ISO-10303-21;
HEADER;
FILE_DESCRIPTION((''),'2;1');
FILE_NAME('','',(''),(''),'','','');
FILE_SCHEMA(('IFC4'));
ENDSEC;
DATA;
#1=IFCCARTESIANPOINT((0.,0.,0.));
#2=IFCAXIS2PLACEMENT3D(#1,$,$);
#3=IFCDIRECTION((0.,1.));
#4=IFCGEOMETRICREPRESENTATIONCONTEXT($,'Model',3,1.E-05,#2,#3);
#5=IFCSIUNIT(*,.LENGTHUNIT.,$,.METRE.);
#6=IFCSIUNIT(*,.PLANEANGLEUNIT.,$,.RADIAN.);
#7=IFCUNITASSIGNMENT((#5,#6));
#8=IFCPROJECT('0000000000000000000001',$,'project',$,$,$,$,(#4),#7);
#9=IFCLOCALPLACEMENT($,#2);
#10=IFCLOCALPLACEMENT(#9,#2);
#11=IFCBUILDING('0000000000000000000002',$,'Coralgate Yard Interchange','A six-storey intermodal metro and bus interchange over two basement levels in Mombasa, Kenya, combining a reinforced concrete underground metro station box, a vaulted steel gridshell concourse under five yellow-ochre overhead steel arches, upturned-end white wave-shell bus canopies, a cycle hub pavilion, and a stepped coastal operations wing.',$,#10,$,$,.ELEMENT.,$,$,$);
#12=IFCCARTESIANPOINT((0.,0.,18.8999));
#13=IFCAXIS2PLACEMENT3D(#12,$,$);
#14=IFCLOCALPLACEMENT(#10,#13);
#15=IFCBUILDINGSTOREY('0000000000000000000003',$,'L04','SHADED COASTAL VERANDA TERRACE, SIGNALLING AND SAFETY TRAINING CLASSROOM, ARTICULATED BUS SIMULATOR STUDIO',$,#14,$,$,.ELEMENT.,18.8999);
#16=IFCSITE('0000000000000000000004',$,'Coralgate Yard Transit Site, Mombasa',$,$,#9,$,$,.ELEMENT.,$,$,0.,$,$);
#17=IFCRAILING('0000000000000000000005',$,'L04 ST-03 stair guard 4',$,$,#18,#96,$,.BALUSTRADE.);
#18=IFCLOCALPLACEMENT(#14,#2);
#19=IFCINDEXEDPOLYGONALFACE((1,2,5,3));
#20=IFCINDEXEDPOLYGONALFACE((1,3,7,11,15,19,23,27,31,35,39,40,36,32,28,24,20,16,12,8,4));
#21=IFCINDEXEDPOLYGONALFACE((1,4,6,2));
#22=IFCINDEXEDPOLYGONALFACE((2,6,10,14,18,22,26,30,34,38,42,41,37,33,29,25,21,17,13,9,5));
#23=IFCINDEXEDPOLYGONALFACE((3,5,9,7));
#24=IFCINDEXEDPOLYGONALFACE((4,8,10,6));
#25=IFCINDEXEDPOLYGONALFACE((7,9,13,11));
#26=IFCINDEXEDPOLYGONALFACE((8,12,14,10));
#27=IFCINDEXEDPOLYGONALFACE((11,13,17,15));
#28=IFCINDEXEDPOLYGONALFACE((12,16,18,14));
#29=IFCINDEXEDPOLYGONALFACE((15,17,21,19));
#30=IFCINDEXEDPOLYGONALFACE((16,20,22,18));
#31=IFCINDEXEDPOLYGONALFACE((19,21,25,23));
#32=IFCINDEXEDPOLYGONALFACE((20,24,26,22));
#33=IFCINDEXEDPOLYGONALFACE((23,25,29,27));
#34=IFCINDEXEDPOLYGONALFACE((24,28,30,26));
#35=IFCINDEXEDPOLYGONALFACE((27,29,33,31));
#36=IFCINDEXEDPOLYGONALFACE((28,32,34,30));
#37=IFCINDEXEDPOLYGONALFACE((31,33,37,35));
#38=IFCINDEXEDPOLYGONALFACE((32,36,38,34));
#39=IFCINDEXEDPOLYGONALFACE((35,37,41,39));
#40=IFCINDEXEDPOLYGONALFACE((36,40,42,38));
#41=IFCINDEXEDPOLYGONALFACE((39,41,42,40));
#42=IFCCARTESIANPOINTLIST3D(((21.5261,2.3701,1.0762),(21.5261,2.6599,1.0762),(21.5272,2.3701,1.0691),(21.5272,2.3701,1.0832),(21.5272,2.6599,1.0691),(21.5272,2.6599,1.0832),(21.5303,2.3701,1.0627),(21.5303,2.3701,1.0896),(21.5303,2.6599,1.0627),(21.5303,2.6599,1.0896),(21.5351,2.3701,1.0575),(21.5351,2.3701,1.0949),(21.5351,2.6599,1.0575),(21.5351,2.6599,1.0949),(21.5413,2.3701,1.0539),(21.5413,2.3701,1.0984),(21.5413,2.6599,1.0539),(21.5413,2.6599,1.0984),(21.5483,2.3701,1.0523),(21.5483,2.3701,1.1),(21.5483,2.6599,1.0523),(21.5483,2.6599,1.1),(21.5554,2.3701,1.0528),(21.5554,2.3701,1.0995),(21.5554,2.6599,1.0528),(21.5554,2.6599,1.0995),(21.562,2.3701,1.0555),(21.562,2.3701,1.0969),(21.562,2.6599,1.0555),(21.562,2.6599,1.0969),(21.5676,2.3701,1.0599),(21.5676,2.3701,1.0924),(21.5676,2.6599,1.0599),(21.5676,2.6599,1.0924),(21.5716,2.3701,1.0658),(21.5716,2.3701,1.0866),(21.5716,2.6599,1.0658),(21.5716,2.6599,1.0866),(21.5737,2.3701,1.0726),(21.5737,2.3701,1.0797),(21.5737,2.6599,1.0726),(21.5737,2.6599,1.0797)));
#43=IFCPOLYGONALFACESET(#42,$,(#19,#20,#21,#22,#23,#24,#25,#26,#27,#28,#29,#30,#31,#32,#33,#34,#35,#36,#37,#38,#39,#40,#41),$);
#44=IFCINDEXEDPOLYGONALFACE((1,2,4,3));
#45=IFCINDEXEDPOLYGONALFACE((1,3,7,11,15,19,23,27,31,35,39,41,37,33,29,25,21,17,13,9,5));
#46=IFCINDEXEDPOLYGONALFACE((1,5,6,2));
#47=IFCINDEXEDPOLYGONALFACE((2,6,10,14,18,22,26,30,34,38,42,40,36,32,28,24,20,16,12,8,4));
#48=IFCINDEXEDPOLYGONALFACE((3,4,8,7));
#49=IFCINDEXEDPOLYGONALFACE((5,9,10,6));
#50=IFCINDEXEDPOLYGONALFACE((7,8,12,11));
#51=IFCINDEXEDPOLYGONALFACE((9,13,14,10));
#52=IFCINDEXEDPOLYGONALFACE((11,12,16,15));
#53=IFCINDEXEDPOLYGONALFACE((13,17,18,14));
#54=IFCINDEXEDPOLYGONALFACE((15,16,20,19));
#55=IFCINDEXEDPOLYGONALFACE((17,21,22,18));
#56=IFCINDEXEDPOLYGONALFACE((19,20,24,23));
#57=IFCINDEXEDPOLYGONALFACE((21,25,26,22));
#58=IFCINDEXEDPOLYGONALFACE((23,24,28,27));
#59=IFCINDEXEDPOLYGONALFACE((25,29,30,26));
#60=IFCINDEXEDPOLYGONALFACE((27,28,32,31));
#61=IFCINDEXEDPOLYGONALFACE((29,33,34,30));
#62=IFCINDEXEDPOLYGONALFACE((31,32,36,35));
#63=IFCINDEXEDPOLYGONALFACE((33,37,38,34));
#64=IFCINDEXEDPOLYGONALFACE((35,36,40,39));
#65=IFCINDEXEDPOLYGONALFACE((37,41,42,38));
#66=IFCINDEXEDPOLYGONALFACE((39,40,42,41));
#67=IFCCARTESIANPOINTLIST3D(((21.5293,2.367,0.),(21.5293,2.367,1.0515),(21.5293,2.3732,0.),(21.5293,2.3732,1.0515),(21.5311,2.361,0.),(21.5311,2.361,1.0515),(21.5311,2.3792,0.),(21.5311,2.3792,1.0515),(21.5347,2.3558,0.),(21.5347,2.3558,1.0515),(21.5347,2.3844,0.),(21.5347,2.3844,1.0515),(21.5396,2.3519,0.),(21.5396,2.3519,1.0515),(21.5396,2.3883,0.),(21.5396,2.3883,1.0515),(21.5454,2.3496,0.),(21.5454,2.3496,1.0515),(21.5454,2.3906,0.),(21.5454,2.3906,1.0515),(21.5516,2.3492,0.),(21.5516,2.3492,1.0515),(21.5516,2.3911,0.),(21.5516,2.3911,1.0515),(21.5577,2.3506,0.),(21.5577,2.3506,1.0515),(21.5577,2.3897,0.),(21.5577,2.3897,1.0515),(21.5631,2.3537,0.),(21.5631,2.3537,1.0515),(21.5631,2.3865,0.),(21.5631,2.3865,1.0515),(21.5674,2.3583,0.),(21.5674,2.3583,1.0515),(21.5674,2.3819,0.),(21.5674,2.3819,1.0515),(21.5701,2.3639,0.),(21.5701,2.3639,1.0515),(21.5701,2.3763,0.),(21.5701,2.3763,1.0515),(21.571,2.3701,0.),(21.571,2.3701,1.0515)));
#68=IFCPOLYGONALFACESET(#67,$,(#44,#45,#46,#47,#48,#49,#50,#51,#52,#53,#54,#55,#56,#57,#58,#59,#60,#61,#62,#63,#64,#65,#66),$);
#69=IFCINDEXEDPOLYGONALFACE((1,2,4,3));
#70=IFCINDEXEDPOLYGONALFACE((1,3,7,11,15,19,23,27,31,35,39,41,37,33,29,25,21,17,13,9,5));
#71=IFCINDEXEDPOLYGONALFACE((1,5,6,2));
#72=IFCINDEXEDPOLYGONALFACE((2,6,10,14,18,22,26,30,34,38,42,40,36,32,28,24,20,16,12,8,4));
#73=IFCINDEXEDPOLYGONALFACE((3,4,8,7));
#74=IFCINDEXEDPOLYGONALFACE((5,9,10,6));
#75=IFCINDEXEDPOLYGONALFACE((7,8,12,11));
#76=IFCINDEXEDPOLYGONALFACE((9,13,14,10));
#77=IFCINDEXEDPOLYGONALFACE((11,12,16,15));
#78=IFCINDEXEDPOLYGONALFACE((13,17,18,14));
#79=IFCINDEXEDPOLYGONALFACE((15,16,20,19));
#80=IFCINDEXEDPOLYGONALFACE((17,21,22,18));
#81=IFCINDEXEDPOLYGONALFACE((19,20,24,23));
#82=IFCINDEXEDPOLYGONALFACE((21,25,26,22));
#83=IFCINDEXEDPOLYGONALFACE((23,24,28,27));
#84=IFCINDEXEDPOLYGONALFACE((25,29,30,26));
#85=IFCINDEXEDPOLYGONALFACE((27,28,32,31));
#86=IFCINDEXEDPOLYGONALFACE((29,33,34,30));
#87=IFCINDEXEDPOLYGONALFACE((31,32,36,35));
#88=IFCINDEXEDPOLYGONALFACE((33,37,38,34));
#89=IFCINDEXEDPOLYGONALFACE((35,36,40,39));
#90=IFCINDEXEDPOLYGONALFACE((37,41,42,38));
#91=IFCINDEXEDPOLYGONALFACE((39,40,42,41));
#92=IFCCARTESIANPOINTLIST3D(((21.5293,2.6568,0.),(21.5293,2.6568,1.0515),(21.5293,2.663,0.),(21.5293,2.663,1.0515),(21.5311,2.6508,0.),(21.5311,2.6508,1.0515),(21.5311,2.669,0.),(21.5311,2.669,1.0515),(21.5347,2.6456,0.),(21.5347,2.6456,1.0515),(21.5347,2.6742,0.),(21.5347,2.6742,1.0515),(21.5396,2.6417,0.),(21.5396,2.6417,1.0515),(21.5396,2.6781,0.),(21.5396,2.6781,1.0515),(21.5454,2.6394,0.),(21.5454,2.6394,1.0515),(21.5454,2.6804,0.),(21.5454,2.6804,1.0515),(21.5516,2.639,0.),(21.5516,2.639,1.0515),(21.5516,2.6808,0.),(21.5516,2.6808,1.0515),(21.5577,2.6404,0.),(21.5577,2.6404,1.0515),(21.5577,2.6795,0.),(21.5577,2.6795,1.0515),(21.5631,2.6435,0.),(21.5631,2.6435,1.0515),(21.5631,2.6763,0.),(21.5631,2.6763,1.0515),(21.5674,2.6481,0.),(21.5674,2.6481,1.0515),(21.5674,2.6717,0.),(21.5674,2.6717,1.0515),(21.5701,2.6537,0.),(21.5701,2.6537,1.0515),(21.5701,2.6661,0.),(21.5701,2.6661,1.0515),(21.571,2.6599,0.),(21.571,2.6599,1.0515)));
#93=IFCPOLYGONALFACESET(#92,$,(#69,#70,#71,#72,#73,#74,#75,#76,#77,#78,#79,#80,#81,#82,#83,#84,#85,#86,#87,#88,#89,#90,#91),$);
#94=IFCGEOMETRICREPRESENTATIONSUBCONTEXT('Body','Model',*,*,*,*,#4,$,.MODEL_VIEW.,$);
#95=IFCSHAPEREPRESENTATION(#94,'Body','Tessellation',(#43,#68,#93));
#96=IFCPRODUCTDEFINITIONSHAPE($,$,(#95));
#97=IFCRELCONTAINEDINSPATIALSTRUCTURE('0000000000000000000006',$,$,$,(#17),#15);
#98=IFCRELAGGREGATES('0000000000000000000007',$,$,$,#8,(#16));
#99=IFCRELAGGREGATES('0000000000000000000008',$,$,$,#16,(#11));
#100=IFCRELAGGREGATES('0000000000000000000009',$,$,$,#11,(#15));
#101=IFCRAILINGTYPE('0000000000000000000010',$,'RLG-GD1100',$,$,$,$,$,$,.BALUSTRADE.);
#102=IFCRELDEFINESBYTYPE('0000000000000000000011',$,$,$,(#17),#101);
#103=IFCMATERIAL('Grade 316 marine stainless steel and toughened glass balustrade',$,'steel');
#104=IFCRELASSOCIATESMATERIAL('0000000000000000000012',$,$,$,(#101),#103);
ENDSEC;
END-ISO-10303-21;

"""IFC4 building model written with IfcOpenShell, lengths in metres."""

from ifc_helpers import new_model, si_unit, direction, frame, origin, origin_2d, place, context, subcontext, project, spatial, circle, extrude, material, type_object, element, save


model = new_model("IFC4")

# Units and contexts
model_context = context("Model", 3, precision=1e-05, world=origin(), true_north=direction((0.0, 1.0)))
body_context = subcontext(model_context, "Body", "Model", "MODEL_VIEW")
ifc_project = project(units=[si_unit("LENGTHUNIT", "METRE"), si_unit("PLANEANGLEUNIT", "RADIAN")], contexts=[model_context])

# Site, building, storey
site_placement = place(None, origin())
site = spatial("IfcSite", under=ifc_project, at=site_placement, Name="Coralgate Yard Transit Site, Mombasa", CompositionType="ELEMENT", RefElevation=0.0)
building_placement = place(site_placement, origin())
building = spatial("IfcBuilding", under=site, at=building_placement, Name="Coralgate Yard Interchange", Description="A six-storey intermodal metro and bus interchange over two basement levels in Mombasa, Kenya, combining a reinforced concrete underground metro station box, a vaulted steel gridshell concourse under five yellow-ochre overhead steel arches, upturned-end white wave-shell bus canopies, a cycle hub pavilion, and a stepped coastal operations wing.", CompositionType="ELEMENT")
storey_placement = place(building_placement, frame((0.0, 0.0, 18.8999)))
storey = spatial("IfcBuildingStorey", under=building, at=storey_placement, Name="L04", Description="SHADED COASTAL VERANDA TERRACE, SIGNALLING AND SAFETY TRAINING CLASSROOM, ARTICULATED BUS SIMULATOR STUDIO", CompositionType="ELEMENT", Elevation=18.8999)

# Railing
ifc_material_1 = material(Name="Grade 316 marine stainless steel and toughened glass balustrade", Category="steel")
railing_type_1 = type_object("IfcRailingType", Name="RLG-GD1100", PredefinedType="BALUSTRADE", material=ifc_material_1)
railing_1_placement = place(storey_placement, frame((21.55, 2.3701, 0.0)))
element("IfcRailing", 1, at=railing_1_placement, inside=storey, type_object=railing_type_1, Name="L04 ST-03 stair guard 4", PredefinedType="BALUSTRADE", context=body_context, shape_type="SweptSolid", body=[
    extrude(circle(Radius=0.0239, at=origin_2d()), frame((0.0, 0.0, 1.0762), z_axis=(0.0, 1.0, 0.0), x_axis=(-1.0, 0.0, 0.0)), (0.0, 0.0, 1.0), 0.2898),
    extrude(circle(Radius=0.021, at=origin_2d()), origin(), (0.0, 0.0, 1.0), 1.0515),
    extrude(circle(Radius=0.021, at=origin_2d()), frame((0.0, 0.2898, 0.0)), (0.0, 0.0, 1.0), 1.0515),
])

save(model, "model.ifc")
